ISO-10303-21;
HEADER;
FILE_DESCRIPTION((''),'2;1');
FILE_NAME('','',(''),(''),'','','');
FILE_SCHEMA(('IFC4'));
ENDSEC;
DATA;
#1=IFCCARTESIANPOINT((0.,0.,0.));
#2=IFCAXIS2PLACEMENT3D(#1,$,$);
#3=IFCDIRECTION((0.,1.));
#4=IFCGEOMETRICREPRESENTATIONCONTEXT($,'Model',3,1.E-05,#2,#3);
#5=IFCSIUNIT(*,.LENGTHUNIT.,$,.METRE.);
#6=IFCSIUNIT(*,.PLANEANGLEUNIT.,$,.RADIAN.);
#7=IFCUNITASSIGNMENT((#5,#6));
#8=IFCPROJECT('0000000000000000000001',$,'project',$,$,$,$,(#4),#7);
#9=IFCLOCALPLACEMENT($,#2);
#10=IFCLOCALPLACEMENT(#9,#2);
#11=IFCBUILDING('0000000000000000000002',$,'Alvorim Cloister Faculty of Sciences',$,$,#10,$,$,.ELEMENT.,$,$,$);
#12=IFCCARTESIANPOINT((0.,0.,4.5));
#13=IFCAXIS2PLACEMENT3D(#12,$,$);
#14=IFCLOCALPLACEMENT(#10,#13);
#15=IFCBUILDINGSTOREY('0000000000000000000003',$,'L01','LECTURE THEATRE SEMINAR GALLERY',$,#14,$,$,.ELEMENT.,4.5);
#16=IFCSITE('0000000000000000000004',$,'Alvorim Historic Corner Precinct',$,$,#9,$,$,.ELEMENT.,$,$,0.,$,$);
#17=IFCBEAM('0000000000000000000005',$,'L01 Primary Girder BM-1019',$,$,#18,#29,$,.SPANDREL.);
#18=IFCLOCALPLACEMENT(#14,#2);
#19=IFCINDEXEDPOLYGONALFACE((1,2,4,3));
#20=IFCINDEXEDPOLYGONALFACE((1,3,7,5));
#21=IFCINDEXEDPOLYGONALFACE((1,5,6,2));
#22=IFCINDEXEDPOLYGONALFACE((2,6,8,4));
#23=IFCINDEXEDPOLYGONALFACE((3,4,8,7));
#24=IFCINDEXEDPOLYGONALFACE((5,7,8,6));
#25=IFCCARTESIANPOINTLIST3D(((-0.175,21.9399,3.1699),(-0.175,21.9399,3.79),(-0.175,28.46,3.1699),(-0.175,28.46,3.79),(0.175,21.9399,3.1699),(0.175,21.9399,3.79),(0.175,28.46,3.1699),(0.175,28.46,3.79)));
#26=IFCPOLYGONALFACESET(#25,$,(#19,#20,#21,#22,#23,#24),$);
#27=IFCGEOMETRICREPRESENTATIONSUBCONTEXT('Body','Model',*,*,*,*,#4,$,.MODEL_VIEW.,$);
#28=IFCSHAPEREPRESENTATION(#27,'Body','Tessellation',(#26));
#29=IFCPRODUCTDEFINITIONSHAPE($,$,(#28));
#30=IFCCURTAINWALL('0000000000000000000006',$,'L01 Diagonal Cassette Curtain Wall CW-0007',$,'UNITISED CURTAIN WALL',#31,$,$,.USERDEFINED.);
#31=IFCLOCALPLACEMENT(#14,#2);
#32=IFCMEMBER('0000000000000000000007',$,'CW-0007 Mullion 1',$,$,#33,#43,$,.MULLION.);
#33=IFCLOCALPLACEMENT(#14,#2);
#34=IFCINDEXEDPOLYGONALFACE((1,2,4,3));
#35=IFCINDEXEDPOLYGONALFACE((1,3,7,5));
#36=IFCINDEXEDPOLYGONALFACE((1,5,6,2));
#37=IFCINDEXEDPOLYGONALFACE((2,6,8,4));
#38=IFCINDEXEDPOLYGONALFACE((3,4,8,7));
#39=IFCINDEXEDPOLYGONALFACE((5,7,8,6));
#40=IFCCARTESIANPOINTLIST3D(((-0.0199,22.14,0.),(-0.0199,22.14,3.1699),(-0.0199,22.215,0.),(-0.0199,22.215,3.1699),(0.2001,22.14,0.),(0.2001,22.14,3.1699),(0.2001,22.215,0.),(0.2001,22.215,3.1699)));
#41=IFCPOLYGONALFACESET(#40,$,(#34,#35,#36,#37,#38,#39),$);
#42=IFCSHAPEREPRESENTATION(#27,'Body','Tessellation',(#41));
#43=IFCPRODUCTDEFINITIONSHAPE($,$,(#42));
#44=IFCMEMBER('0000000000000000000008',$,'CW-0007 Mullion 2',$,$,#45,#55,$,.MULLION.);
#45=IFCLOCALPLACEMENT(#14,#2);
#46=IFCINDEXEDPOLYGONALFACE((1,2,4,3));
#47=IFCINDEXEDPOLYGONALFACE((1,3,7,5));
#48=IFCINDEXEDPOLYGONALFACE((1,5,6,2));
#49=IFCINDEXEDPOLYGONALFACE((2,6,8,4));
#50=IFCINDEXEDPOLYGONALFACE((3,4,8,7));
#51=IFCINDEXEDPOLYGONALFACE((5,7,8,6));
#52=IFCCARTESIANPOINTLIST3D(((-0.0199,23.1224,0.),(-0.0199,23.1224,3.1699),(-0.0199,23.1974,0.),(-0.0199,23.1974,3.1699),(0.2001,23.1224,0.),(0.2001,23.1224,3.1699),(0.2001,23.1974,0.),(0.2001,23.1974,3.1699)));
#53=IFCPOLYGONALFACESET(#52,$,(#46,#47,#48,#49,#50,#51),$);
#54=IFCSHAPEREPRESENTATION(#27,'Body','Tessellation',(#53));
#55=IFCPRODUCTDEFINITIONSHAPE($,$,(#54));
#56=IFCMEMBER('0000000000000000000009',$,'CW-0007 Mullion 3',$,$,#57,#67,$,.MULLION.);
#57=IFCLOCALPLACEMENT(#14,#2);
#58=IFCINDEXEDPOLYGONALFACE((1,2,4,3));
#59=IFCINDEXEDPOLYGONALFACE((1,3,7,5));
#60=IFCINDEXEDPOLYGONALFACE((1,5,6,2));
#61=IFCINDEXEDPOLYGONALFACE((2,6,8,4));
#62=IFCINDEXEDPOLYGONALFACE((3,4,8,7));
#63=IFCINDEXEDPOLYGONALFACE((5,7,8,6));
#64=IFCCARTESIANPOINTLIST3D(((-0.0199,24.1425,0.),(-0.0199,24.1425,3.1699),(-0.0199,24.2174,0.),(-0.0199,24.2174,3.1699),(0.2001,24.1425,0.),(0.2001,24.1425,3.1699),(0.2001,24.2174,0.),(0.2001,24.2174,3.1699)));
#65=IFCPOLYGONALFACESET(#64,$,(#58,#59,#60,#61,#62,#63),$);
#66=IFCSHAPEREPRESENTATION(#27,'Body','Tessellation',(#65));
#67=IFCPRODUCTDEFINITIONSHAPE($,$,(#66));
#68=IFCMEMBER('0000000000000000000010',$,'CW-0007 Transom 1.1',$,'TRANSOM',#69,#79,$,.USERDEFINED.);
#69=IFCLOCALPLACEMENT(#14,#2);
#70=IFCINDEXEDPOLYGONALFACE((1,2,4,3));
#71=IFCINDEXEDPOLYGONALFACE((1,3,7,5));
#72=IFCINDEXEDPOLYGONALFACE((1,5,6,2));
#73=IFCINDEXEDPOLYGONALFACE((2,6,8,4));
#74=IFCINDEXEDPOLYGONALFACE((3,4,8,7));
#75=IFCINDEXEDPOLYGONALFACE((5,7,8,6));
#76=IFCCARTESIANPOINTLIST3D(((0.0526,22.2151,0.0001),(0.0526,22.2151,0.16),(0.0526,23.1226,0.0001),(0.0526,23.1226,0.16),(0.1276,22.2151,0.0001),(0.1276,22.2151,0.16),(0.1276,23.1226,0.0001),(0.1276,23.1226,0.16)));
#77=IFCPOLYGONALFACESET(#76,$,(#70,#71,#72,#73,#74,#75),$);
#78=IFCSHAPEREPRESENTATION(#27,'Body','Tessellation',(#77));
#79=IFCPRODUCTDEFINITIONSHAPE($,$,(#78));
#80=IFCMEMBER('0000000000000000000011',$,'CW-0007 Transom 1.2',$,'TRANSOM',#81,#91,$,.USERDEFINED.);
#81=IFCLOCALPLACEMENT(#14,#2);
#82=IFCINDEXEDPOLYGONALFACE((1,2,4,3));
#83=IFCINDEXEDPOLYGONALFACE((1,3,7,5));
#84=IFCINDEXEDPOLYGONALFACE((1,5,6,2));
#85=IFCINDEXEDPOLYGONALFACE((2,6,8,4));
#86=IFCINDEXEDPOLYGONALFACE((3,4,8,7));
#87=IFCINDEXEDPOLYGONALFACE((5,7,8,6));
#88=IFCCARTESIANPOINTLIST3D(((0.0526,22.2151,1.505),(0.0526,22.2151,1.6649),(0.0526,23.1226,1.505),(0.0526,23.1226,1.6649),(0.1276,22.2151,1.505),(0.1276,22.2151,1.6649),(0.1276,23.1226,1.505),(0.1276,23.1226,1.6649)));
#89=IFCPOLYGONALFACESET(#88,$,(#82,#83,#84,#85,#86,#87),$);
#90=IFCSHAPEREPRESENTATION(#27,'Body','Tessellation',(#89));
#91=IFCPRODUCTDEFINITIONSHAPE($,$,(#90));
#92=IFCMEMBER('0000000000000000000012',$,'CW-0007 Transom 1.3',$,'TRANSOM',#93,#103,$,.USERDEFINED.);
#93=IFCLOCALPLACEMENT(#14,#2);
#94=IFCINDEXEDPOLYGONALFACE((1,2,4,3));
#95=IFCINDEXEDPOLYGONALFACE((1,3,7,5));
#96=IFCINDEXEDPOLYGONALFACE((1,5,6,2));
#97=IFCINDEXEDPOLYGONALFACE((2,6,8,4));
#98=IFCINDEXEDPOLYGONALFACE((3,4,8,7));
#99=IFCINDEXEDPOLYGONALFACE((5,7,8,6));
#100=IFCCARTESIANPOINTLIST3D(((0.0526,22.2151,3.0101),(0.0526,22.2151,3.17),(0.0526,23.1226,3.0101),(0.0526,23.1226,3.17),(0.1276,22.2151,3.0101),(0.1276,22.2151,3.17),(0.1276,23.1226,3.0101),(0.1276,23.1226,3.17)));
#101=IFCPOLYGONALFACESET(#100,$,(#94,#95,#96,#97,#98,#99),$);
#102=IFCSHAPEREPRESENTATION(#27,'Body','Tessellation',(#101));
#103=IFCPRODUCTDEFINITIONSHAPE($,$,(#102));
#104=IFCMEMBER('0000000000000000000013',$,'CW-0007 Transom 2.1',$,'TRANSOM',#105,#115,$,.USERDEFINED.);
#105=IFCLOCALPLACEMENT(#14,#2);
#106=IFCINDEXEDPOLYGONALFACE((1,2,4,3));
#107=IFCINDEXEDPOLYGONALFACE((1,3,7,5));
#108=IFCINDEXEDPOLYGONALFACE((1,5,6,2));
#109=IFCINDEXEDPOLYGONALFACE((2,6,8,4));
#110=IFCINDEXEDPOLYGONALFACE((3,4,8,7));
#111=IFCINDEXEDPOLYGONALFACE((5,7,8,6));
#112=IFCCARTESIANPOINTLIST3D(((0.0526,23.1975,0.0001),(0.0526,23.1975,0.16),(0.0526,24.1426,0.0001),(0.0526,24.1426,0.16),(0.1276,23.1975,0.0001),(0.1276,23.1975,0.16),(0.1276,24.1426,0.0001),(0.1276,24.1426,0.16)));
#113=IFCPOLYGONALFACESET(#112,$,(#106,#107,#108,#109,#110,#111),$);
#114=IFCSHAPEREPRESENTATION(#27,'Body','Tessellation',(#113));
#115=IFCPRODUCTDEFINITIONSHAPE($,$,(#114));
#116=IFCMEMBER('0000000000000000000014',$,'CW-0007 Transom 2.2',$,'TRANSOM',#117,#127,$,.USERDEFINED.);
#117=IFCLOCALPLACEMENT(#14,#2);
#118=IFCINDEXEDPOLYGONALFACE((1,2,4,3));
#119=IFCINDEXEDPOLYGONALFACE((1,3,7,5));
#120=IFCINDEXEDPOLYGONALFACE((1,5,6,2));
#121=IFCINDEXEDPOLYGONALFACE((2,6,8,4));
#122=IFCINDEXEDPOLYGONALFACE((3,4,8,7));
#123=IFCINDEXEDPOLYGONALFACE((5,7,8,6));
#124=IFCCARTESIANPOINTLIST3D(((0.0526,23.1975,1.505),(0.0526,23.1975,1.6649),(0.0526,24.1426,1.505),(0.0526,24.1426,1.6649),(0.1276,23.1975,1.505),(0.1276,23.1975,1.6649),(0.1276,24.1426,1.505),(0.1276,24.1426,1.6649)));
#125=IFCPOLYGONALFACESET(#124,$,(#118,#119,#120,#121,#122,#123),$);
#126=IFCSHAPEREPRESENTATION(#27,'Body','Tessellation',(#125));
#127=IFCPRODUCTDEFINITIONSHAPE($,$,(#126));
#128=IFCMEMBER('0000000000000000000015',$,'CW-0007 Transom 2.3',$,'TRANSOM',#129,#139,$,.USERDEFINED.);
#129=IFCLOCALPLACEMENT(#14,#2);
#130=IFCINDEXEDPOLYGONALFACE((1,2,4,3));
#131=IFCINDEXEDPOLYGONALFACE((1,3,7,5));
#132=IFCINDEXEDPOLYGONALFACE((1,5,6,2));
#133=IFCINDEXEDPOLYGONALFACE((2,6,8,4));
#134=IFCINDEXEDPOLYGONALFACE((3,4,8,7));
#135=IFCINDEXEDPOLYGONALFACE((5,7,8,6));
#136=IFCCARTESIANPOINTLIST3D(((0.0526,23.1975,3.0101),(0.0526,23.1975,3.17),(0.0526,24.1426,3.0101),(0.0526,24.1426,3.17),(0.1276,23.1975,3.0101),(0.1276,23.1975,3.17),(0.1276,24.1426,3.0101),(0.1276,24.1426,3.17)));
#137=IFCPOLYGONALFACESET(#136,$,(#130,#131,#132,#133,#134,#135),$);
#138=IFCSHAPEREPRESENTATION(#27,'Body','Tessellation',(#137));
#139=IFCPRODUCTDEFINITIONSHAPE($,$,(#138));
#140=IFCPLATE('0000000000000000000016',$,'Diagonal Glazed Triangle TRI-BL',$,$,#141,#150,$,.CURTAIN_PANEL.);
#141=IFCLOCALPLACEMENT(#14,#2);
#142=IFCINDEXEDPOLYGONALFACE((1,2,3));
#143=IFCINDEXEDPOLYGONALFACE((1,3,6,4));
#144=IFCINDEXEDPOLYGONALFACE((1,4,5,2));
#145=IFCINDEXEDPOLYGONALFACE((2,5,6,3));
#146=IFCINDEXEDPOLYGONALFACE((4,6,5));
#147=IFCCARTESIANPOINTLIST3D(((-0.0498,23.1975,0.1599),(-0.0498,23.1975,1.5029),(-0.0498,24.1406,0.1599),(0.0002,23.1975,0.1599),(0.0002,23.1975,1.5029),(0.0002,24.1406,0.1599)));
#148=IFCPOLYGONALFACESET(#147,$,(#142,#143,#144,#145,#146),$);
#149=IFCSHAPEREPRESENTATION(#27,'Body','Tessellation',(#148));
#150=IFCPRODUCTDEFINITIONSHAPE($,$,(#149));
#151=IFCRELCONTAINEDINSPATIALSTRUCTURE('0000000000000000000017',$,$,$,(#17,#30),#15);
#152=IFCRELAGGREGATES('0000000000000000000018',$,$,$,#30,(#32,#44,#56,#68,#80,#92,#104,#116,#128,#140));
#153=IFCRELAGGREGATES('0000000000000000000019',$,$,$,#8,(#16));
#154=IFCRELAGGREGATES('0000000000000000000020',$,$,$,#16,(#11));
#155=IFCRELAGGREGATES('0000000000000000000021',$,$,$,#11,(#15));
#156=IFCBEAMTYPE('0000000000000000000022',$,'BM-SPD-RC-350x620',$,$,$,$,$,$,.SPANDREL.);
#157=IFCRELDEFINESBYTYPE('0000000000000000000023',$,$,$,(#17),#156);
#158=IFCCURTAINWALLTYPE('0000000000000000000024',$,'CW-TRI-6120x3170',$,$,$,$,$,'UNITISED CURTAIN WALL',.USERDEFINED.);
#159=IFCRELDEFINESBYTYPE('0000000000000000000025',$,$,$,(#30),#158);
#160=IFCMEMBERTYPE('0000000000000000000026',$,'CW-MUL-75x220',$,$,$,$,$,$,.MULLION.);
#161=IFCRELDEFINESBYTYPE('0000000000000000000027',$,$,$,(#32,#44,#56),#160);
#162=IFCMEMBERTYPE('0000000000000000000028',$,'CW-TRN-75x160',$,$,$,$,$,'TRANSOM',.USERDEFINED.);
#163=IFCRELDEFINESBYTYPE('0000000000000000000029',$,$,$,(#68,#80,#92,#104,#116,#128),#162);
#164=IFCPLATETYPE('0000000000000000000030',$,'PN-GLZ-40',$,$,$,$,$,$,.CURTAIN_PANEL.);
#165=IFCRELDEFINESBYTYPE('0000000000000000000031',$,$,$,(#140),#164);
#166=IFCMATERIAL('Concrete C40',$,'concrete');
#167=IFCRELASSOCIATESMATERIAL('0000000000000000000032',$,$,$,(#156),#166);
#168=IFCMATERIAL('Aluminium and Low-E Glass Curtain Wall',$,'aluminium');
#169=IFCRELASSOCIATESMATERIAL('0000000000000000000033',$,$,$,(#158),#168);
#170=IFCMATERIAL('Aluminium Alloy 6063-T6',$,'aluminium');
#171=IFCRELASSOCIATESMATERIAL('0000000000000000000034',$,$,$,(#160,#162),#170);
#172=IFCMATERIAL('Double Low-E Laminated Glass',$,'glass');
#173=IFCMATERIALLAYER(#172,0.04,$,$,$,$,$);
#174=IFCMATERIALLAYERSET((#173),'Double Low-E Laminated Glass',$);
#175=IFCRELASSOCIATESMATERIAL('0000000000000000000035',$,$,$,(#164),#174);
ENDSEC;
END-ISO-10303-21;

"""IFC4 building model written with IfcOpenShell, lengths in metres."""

from ifc_helpers import new_model, si_unit, direction, frame, origin, origin_2d, place, context, subcontext, project, spatial, polyline, rectangle, outline, extrude, material, layer, layer_set, material_profile, profile_set, type_object, element, aggregate, save


model = new_model("IFC4")

# Units and contexts
model_context = context("Model", 3, precision=1e-05, world=origin(), true_north=direction((0.0, 1.0)))
body_context = subcontext(model_context, "Body", "Model", "MODEL_VIEW")
ifc_project = project(units=[si_unit("LENGTHUNIT", "METRE"), si_unit("PLANEANGLEUNIT", "RADIAN")], contexts=[model_context])

# Site, building, storey
site_placement = place(None, origin())
site = spatial("IfcSite", under=ifc_project, at=site_placement, Name="Alvorim Historic Corner Precinct", CompositionType="ELEMENT", RefElevation=0.0)
building_placement = place(site_placement, origin())
building = spatial("IfcBuilding", under=site, at=building_placement, Name="Alvorim Cloister Faculty of Sciences", CompositionType="ELEMENT")
storey_placement = place(building_placement, frame((0.0, 0.0, 4.5)))
storey = spatial("IfcBuildingStorey", under=building, at=storey_placement, Name="L01", Description="LECTURE THEATRE SEMINAR GALLERY", CompositionType="ELEMENT", Elevation=4.5)

# Beam
ifc_material_1 = material(Name="Concrete C40", Category="concrete")
ifc_material_profile_1 = material_profile(ifc_material_1, rectangle(XDim=0.3501, YDim=0.6201, at=origin_2d()), Name="RC40-SPD-350x620")
ifc_profile_set_1 = profile_set([ifc_material_profile_1], Name="Concrete C40")
beam_type = type_object("IfcBeamType", Name="BM-SPD-RC-350x620", PredefinedType="SPANDREL", material=ifc_profile_set_1)
beam_placement = place(storey_placement, frame((0.0, 21.9399, 3.48), z_axis=(0.0, 1.0, 0.0), x_axis=(-1.0, 0.0, 0.0)))
element("IfcBeam", 1, at=beam_placement, inside=storey, type_object=beam_type, Name="L01 Primary Girder BM-1019", PredefinedType="SPANDREL", context=body_context, shape_type="SweptSolid", body=[
    extrude(rectangle(XDim=0.3501, YDim=0.6201, at=origin_2d()), origin(), (0.0, 0.0, 1.0), 6.52),
])

# Curtain wall, members, plate
ifc_material_2 = material(Name="Aluminium and Low-E Glass Curtain Wall", Category="aluminium")
curtain_wall_type = type_object("IfcCurtainWallType", Name="CW-TRI-6120x3170", ElementType="UNITISED CURTAIN WALL", PredefinedType="USERDEFINED", material=ifc_material_2)
curtain_wall_placement = place(storey_placement, origin())
curtain_wall = element("IfcCurtainWall", 2, at=curtain_wall_placement, inside=storey, type_object=curtain_wall_type, Name="L01 Diagonal Cassette Curtain Wall CW-0007", ObjectType="UNITISED CURTAIN WALL", PredefinedType="USERDEFINED")
ifc_material_3 = material(Name="Aluminium Alloy 6063-T6", Category="aluminium")
ifc_material_profile_2 = material_profile(ifc_material_3, rectangle(XDim=0.075, YDim=0.22, at=origin_2d()), Name="ALU-MUL-75x220")
ifc_profile_set_2 = profile_set([ifc_material_profile_2], Name="Aluminium Alloy 6063-T6")
member_type_1 = type_object("IfcMemberType", Name="CW-MUL-75x220", PredefinedType="MULLION", material=ifc_profile_set_2)
member_1_placement = place(storey_placement, frame((0.0901, 22.1775, 0.0), z_axis=(0.0, 0.0, 1.0), x_axis=(0.0, 1.0, 0.0)))
member_1 = element("IfcMember", 3, at=member_1_placement, type_object=member_type_1, Name="CW-0007 Mullion 1", PredefinedType="MULLION", context=body_context, shape_type="SweptSolid", body=[
    extrude(rectangle(XDim=0.075, YDim=0.22, at=origin_2d()), origin(), (0.0, 0.0, 1.0), 3.1699),
])
member_2_placement = place(storey_placement, frame((0.0901, 23.1599, 0.0), z_axis=(0.0, 0.0, 1.0), x_axis=(0.0, 1.0, 0.0)))
member_2 = element("IfcMember", 4, at=member_2_placement, type_object=member_type_1, Name="CW-0007 Mullion 2", PredefinedType="MULLION", context=body_context, shape_type="SweptSolid", body=[
    extrude(rectangle(XDim=0.075, YDim=0.22, at=origin_2d()), origin(), (0.0, 0.0, 1.0), 3.1699),
])
member_3_placement = place(storey_placement, frame((0.0901, 24.1799, 0.0), z_axis=(0.0, 0.0, 1.0), x_axis=(0.0, 1.0, 0.0)))
member_3 = element("IfcMember", 5, at=member_3_placement, type_object=member_type_1, Name="CW-0007 Mullion 3", PredefinedType="MULLION", context=body_context, shape_type="SweptSolid", body=[
    extrude(rectangle(XDim=0.075, YDim=0.22, at=origin_2d()), origin(), (0.0, 0.0, 1.0), 3.1699),
])
ifc_material_profile_3 = material_profile(ifc_material_3, rectangle(XDim=0.075, YDim=0.1599, at=origin_2d()), Name="ALU-TRN-75x160")
ifc_profile_set_3 = profile_set([ifc_material_profile_3], Name="Aluminium Alloy 6063-T6")
member_type_2 = type_object("IfcMemberType", Name="CW-TRN-75x160", ElementType="TRANSOM", PredefinedType="USERDEFINED", material=ifc_profile_set_3)
member_4_placement = place(storey_placement, frame((0.0901, 22.2151, 0.0801), z_axis=(0.0, 1.0, 0.0), x_axis=(-1.0, 0.0, 0.0)))
member_4 = element("IfcMember", 6, at=member_4_placement, type_object=member_type_2, Name="CW-0007 Transom 1.1", ObjectType="TRANSOM", PredefinedType="USERDEFINED", context=body_context, shape_type="SweptSolid", body=[
    extrude(rectangle(XDim=0.075, YDim=0.1599, at=origin_2d()), origin(), (0.0, 0.0, 1.0), 0.9075),
])
member_5_placement = place(storey_placement, frame((0.0901, 22.2151, 1.585), z_axis=(0.0, 1.0, 0.0), x_axis=(-1.0, 0.0, 0.0)))
member_5 = element("IfcMember", 7, at=member_5_placement, type_object=member_type_2, Name="CW-0007 Transom 1.2", ObjectType="TRANSOM", PredefinedType="USERDEFINED", context=body_context, shape_type="SweptSolid", body=[
    extrude(rectangle(XDim=0.075, YDim=0.1599, at=origin_2d()), origin(), (0.0, 0.0, 1.0), 0.9075),
])
member_6_placement = place(storey_placement, frame((0.0901, 22.2151, 3.0901), z_axis=(0.0, 1.0, 0.0), x_axis=(-1.0, 0.0, 0.0)))
member_6 = element("IfcMember", 8, at=member_6_placement, type_object=member_type_2, Name="CW-0007 Transom 1.3", ObjectType="TRANSOM", PredefinedType="USERDEFINED", context=body_context, shape_type="SweptSolid", body=[
    extrude(rectangle(XDim=0.075, YDim=0.1599, at=origin_2d()), origin(), (0.0, 0.0, 1.0), 0.9075),
])
member_7_placement = place(storey_placement, frame((0.0901, 23.1975, 0.0801), z_axis=(0.0, 1.0, 0.0), x_axis=(-1.0, 0.0, 0.0)))
member_7 = element("IfcMember", 9, at=member_7_placement, type_object=member_type_2, Name="CW-0007 Transom 2.1", ObjectType="TRANSOM", PredefinedType="USERDEFINED", context=body_context, shape_type="SweptSolid", body=[
    extrude(rectangle(XDim=0.075, YDim=0.1599, at=origin_2d()), origin(), (0.0, 0.0, 1.0), 0.9451),
])
member_8_placement = place(storey_placement, frame((0.0901, 23.1975, 1.585), z_axis=(0.0, 1.0, 0.0), x_axis=(-1.0, 0.0, 0.0)))
member_8 = element("IfcMember", 10, at=member_8_placement, type_object=member_type_2, Name="CW-0007 Transom 2.2", ObjectType="TRANSOM", PredefinedType="USERDEFINED", context=body_context, shape_type="SweptSolid", body=[
    extrude(rectangle(XDim=0.075, YDim=0.1599, at=origin_2d()), origin(), (0.0, 0.0, 1.0), 0.9451),
])
member_9_placement = place(storey_placement, frame((0.0901, 23.1975, 3.0901), z_axis=(0.0, 1.0, 0.0), x_axis=(-1.0, 0.0, 0.0)))
member_9 = element("IfcMember", 11, at=member_9_placement, type_object=member_type_2, Name="CW-0007 Transom 2.3", ObjectType="TRANSOM", PredefinedType="USERDEFINED", context=body_context, shape_type="SweptSolid", body=[
    extrude(rectangle(XDim=0.075, YDim=0.1599, at=origin_2d()), origin(), (0.0, 0.0, 1.0), 0.9451),
])
ifc_material_4 = material(Name="Double Low-E Laminated Glass", Category="glass")
ifc_layer_1 = layer(ifc_material_4, 0.04)
ifc_layer_set_1 = layer_set([ifc_layer_1], Name="Double Low-E Laminated Glass")
plate_type = type_object("IfcPlateType", Name="PN-GLZ-40", PredefinedType="CURTAIN_PANEL", material=ifc_layer_set_1)
plate_1_placement = place(storey_placement, frame((-0.0249, 23.1975, 0.1599), z_axis=(0.0, 0.0, 1.0), x_axis=(0.0, 1.0, 0.0)))
plate_1 = element("IfcPlate", 12, at=plate_1_placement, type_object=plate_type, Name="Diagonal Glazed Triangle TRI-BL", PredefinedType="CURTAIN_PANEL", context=body_context, shape_type="SweptSolid", body=[
    extrude(outline(polyline([(0.0, 0.0), (0.9431, 0.0), (0.0, 1.343), (0.0, 0.0)])), frame((0.0, 0.0249, 0.0), z_axis=(0.0, -1.0, 0.0), x_axis=(1.0, 0.0, 0.0)), (0.0, 0.0, 1.0), 0.05),
])
aggregate(curtain_wall, [member_1, member_2, member_3, member_4, member_5, member_6, member_7, member_8, member_9, plate_1])

save(model, "model.ifc")
